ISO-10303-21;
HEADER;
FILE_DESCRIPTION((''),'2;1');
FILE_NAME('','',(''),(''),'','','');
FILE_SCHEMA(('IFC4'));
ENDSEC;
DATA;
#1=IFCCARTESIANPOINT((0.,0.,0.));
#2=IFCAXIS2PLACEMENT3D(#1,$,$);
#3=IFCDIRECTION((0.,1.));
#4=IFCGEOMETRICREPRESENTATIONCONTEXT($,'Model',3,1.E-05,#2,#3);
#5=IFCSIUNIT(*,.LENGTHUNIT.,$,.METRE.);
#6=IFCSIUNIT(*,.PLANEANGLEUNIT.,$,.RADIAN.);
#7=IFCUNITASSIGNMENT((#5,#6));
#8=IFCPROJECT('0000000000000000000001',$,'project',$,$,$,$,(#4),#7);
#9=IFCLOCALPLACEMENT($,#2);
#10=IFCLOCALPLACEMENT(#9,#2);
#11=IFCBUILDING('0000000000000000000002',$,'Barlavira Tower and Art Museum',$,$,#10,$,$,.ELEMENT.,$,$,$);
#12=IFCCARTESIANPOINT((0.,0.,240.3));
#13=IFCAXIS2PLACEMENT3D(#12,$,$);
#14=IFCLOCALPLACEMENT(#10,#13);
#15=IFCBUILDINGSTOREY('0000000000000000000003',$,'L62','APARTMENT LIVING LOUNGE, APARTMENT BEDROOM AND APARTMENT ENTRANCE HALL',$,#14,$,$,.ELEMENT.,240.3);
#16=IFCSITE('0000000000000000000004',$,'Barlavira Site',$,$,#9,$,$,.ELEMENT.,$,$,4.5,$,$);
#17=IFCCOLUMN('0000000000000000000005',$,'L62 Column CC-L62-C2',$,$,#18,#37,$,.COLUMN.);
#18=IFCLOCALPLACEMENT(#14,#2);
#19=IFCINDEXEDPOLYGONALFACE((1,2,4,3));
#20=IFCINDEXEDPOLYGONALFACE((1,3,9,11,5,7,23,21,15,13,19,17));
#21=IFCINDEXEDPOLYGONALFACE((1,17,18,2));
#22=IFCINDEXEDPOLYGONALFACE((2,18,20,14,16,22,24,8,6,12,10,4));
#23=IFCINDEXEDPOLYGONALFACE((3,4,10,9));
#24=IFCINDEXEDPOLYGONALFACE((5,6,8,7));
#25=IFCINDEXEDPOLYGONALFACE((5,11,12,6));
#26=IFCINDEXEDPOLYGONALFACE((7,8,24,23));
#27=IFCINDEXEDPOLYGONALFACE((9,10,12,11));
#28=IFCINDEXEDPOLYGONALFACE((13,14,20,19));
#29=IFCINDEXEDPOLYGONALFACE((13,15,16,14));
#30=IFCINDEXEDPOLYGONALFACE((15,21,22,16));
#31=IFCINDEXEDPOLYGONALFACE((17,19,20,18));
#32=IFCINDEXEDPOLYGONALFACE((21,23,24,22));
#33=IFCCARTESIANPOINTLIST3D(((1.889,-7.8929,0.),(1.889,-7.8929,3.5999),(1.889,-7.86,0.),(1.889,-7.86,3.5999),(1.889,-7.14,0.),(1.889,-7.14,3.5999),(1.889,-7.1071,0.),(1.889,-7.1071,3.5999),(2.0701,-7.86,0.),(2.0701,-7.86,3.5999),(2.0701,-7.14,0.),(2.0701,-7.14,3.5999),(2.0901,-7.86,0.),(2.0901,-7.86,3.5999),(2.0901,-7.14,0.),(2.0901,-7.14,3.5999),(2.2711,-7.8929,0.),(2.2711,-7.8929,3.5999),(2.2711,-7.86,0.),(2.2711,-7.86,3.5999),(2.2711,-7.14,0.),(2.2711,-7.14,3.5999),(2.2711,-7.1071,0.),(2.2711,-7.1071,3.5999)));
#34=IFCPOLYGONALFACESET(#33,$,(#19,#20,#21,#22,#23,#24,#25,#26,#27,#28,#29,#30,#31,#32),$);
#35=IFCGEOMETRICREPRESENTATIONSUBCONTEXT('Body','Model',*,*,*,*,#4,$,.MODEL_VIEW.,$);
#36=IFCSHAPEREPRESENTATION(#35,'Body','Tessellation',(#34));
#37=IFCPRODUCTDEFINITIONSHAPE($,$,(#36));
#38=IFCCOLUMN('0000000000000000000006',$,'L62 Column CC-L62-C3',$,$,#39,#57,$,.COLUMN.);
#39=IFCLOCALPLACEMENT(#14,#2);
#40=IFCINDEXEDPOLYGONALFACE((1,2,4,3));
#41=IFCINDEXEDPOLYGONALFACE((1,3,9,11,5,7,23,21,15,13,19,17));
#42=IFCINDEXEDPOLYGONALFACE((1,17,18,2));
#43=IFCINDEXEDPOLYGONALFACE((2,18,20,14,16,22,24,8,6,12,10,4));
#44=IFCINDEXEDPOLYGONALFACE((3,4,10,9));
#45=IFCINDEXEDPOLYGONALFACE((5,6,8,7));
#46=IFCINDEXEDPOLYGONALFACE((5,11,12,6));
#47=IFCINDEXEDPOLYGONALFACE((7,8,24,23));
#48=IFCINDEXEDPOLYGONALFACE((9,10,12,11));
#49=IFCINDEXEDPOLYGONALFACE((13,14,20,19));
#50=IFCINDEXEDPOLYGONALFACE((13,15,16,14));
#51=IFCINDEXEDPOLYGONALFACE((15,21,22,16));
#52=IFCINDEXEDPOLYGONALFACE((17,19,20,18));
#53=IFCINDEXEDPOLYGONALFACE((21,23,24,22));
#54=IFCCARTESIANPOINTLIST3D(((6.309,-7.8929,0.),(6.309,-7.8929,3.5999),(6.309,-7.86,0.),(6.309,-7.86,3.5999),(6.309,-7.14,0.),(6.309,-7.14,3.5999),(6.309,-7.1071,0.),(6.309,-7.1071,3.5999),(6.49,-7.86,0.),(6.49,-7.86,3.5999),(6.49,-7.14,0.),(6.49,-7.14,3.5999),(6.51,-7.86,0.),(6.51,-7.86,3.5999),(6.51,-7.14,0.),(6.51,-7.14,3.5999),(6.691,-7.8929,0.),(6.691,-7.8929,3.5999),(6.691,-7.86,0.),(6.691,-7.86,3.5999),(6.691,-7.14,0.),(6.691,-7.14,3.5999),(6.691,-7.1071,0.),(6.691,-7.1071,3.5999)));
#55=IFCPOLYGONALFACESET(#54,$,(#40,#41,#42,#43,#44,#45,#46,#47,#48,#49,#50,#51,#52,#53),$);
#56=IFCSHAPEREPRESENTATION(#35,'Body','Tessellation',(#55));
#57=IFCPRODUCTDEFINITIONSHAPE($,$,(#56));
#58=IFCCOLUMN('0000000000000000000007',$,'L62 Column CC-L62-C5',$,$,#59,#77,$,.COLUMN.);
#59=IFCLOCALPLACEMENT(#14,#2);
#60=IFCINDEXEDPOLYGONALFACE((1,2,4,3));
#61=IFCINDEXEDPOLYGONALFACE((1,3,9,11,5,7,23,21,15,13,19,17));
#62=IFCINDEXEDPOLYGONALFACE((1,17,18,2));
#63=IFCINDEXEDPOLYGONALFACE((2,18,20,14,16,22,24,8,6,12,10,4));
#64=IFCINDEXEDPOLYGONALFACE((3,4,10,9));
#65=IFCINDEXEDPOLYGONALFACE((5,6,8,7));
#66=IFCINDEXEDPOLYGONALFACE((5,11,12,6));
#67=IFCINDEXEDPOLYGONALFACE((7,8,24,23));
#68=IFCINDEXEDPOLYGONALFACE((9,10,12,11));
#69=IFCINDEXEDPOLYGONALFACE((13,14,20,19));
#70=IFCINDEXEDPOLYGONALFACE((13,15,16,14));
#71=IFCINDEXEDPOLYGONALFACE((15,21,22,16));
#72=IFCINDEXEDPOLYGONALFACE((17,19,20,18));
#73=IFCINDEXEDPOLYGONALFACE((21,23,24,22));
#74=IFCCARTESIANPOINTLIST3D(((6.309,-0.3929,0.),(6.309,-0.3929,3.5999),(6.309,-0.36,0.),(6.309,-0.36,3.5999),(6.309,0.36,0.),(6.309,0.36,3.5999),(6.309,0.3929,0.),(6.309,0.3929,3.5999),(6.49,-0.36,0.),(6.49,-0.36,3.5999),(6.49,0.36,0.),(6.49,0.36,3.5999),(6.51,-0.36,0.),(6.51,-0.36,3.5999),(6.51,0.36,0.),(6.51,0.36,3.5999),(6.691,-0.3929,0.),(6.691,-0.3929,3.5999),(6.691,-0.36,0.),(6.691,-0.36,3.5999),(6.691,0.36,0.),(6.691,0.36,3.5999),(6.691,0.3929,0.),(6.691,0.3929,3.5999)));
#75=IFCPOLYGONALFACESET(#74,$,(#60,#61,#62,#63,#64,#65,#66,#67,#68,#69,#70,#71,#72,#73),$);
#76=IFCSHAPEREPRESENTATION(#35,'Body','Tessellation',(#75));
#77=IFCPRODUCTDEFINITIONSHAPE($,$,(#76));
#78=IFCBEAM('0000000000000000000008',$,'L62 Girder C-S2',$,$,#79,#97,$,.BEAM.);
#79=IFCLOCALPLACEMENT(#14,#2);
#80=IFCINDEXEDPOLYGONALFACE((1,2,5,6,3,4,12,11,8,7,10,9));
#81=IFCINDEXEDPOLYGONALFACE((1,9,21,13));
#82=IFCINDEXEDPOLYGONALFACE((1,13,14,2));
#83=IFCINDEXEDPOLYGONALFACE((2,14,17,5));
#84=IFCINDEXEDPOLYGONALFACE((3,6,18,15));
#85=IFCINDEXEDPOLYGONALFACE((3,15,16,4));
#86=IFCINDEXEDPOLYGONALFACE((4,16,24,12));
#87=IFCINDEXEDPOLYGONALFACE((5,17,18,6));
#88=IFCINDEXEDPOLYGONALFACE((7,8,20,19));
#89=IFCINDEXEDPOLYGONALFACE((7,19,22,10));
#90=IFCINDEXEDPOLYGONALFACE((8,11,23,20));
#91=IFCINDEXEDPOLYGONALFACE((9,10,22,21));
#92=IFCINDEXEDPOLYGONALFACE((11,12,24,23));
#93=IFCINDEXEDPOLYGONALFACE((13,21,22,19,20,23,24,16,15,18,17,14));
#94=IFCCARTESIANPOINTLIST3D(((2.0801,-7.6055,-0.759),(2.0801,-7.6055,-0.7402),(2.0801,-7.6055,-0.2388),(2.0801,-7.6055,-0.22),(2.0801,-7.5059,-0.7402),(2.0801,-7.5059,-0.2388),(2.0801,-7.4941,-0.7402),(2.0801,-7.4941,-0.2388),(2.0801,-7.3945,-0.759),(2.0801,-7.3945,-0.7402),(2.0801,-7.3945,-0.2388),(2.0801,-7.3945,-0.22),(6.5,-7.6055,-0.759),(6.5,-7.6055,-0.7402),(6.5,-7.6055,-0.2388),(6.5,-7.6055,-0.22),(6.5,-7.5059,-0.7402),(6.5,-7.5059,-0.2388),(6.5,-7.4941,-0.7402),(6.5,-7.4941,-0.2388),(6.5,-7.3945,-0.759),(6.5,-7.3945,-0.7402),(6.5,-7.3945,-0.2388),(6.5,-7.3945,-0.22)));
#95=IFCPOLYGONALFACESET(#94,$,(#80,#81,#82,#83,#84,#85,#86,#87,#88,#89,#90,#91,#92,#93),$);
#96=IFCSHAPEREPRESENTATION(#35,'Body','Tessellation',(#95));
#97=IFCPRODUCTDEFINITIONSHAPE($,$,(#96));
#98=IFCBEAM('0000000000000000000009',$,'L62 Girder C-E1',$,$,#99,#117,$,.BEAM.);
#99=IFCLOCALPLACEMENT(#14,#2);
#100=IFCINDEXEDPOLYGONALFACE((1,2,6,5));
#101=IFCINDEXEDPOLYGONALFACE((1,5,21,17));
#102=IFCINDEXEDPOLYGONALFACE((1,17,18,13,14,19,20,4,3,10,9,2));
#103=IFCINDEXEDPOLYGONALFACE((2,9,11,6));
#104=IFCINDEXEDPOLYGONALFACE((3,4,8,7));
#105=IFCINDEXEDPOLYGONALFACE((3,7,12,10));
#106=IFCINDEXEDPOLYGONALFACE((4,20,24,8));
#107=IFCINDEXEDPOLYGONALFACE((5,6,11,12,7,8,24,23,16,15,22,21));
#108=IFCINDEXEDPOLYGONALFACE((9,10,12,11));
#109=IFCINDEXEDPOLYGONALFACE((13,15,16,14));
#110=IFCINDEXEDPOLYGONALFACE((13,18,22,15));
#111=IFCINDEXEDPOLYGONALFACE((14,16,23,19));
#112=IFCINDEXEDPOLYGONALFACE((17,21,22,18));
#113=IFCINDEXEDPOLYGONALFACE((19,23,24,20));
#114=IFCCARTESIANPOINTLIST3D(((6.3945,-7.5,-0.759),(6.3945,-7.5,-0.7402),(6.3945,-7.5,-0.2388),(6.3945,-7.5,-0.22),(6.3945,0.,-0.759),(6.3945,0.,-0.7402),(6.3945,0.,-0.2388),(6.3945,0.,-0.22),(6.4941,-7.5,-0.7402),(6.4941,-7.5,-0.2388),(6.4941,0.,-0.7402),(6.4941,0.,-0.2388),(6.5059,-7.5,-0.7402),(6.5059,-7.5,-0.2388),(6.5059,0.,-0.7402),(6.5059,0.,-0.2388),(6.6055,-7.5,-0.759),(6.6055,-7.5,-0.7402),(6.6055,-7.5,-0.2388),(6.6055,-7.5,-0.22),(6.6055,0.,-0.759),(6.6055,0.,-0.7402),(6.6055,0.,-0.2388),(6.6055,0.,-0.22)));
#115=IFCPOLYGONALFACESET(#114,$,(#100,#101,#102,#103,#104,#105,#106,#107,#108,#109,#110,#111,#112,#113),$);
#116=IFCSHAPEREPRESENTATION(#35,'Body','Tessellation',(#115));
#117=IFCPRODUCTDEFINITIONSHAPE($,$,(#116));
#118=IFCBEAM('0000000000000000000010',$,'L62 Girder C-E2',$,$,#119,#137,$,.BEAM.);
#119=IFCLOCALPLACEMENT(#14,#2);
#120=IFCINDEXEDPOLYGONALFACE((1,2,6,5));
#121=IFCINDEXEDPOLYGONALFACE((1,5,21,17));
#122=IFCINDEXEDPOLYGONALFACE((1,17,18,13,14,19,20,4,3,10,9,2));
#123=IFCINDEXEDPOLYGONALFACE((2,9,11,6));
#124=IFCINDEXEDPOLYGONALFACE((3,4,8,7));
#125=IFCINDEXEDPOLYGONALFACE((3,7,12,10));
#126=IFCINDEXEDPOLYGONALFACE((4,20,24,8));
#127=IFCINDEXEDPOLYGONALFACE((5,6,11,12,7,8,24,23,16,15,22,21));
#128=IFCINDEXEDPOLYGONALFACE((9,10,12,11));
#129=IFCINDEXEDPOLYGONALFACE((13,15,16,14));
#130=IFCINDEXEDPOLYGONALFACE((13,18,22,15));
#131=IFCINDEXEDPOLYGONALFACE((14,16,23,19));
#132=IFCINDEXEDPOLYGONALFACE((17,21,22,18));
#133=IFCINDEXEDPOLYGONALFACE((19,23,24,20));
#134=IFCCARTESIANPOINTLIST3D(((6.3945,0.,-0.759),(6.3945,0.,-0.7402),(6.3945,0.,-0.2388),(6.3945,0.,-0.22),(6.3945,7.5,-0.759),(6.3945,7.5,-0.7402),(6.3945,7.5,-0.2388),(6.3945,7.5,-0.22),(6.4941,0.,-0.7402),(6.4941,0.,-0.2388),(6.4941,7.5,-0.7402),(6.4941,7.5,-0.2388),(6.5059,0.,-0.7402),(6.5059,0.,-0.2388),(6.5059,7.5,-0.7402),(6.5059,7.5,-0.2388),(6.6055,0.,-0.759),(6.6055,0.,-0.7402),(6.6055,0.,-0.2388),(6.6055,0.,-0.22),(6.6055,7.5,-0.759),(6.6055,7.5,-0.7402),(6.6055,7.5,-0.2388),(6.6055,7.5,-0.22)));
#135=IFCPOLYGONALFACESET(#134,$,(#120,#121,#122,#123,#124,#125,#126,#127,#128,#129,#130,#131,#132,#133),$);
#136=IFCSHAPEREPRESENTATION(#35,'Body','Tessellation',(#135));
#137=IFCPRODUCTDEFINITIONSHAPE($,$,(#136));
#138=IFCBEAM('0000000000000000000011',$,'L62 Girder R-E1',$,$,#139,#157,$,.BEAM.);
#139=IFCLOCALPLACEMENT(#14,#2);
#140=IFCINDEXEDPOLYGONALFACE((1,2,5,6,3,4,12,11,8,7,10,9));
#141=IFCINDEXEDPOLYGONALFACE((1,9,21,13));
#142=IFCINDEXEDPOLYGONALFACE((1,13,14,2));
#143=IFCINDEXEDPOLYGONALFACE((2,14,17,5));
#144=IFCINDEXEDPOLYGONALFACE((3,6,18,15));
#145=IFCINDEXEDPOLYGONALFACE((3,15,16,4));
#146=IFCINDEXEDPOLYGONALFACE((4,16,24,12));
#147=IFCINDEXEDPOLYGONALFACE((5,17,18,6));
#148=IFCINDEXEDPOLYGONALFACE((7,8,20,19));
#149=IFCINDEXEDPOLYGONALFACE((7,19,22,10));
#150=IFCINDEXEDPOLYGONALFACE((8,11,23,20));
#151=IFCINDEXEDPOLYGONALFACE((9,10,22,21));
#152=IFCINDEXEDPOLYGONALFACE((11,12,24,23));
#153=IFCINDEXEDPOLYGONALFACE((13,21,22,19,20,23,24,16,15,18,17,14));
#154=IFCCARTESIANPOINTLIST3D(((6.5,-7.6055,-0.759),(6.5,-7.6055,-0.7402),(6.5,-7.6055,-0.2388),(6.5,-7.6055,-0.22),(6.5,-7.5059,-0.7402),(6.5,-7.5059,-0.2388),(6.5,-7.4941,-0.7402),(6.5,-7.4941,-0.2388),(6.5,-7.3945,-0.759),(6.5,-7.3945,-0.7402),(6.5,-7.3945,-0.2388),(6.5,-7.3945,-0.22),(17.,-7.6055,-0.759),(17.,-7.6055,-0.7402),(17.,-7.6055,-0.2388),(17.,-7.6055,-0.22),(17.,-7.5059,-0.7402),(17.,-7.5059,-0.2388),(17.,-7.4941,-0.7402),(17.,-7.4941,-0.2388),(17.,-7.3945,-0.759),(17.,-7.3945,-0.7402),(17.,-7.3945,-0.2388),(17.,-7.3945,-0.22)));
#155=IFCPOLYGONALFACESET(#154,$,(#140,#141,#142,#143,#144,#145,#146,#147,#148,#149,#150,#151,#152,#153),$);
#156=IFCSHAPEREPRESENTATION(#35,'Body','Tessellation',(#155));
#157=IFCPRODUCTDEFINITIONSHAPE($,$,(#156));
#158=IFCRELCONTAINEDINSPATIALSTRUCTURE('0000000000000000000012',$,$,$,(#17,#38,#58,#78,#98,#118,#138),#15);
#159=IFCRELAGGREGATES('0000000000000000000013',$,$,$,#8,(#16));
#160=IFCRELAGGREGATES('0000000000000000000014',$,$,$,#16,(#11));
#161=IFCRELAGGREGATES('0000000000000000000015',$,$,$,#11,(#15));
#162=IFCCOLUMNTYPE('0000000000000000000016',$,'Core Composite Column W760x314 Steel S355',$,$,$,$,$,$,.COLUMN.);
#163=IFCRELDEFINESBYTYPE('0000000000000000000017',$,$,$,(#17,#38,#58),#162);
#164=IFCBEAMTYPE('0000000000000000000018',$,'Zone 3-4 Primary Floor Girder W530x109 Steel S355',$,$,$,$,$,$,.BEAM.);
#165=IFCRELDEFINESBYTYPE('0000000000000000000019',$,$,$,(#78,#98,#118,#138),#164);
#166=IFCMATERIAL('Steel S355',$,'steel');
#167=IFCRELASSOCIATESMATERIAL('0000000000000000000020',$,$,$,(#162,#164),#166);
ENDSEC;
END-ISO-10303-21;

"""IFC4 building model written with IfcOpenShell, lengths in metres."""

from ifc_helpers import new_model, si_unit, direction, frame, origin, origin_2d, place, context, subcontext, project, spatial, i_section, extrude, material, material_profile, profile_set, type_object, element, save


model = new_model("IFC4")

# Units and contexts
model_context = context("Model", 3, precision=1e-05, world=origin(), true_north=direction((0.0, 1.0)))
body_context = subcontext(model_context, "Body", "Model", "MODEL_VIEW")
ifc_project = project(units=[si_unit("LENGTHUNIT", "METRE"), si_unit("PLANEANGLEUNIT", "RADIAN")], contexts=[model_context])

# Site, building, storey
site_placement = place(None, origin())
site = spatial("IfcSite", under=ifc_project, at=site_placement, Name="Barlavira Site", CompositionType="ELEMENT", RefElevation=4.5)
building_placement = place(site_placement, origin())
building = spatial("IfcBuilding", under=site, at=building_placement, Name="Barlavira Tower and Art Museum", CompositionType="ELEMENT")
storey_placement = place(building_placement, frame((0.0, 0.0, 240.3)))
storey = spatial("IfcBuildingStorey", under=building, at=storey_placement, Name="L62", Description="APARTMENT LIVING LOUNGE, APARTMENT BEDROOM AND APARTMENT ENTRANCE HALL", CompositionType="ELEMENT", Elevation=240.3)

# Columns
ifc_material_1 = material(Name="Steel S355", Category="steel")
ifc_material_profile_1 = material_profile(ifc_material_1, i_section(OverallWidth=0.3821, OverallDepth=0.7859, WebThickness=0.02, FlangeThickness=0.033, at=origin_2d()), Name="W760x314.0")
ifc_profile_set_1 = profile_set([ifc_material_profile_1], Name="Steel S355")
column_type = type_object("IfcColumnType", Name="Core Composite Column W760x314 Steel S355", PredefinedType="COLUMN", material=ifc_profile_set_1)
for number, where, z_axis, x_axis, name in (
    (1, (2.0801, -7.5, 0.0), (0.0, 0.0, 1.0), (1.0, 0.0, 0.0), "L62 Column CC-L62-C2"),
    (2, (6.5, -7.5, 0.0), (0.0, 0.0, 1.0), (1.0, 0.0, 0.0), "L62 Column CC-L62-C3"),
    (3, (6.5, 0.0, 0.0), (0.0, 0.0, 1.0), (1.0, 0.0, 0.0), "L62 Column CC-L62-C5"),
):
    element("IfcColumn", number, at=place(storey_placement, frame(where, z_axis=z_axis, x_axis=x_axis)), inside=storey, type_object=column_type, Name=name, PredefinedType="COLUMN", context=body_context, shape_type="SweptSolid", body=[
        extrude(i_section(OverallWidth=0.3821, OverallDepth=0.7859, WebThickness=0.02, FlangeThickness=0.033, at=origin_2d()), origin(), (0.0, 0.0, 1.0), 3.5999),
    ])

# Beams
ifc_material_profile_2 = material_profile(ifc_material_1, i_section(OverallWidth=0.2109, OverallDepth=0.5391, WebThickness=0.0117, FlangeThickness=0.0188, at=origin_2d()), Name="W530x109.0")
ifc_profile_set_2 = profile_set([ifc_material_profile_2], Name="Steel S355")
beam_type = type_object("IfcBeamType", Name="Zone 3-4 Primary Floor Girder W530x109 Steel S355", PredefinedType="BEAM", material=ifc_profile_set_2)
beam_1_placement = place(storey_placement, frame((2.0801, -7.5, -0.4895), z_axis=(1.0, 0.0, 0.0), x_axis=(0.0, 1.0, 0.0)))
element("IfcBeam", 4, at=beam_1_placement, inside=storey, type_object=beam_type, Name="L62 Girder C-S2", PredefinedType="BEAM", context=body_context, shape_type="SweptSolid", body=[
    extrude(i_section(OverallWidth=0.2109, OverallDepth=0.5391, WebThickness=0.0117, FlangeThickness=0.0188, at=origin_2d()), origin(), (0.0, 0.0, 1.0), 4.4199),
])
for number, where, z_axis, x_axis, name in (
    (5, (6.5, -7.5, -0.4895), (0.0, 1.0, 0.0), (-1.0, 0.0, 0.0), "L62 Girder C-E1"),
    (6, (6.5, 0.0, -0.4895), (0.0, 1.0, 0.0), (-1.0, 0.0, 0.0), "L62 Girder C-E2"),
):
    element("IfcBeam", number, at=place(storey_placement, frame(where, z_axis=z_axis, x_axis=x_axis)), inside=storey, type_object=beam_type, Name=name, PredefinedType="BEAM", context=body_context, shape_type="SweptSolid", body=[
        extrude(i_section(OverallWidth=0.2109, OverallDepth=0.5391, WebThickness=0.0117, FlangeThickness=0.0188, at=origin_2d()), origin(), (0.0, 0.0, 1.0), 7.5),
    ])
beam_2_placement = place(storey_placement, frame((6.5, -7.5, -0.4895), z_axis=(1.0, 0.0, 0.0), x_axis=(0.0, 1.0, 0.0)))
element("IfcBeam", 7, at=beam_2_placement, inside=storey, type_object=beam_type, Name="L62 Girder R-E1", PredefinedType="BEAM", context=body_context, shape_type="SweptSolid", body=[
    extrude(i_section(OverallWidth=0.2109, OverallDepth=0.5391, WebThickness=0.0117, FlangeThickness=0.0188, at=origin_2d()), origin(), (0.0, 0.0, 1.0), 10.5),
])

save(model, "model.ifc")
